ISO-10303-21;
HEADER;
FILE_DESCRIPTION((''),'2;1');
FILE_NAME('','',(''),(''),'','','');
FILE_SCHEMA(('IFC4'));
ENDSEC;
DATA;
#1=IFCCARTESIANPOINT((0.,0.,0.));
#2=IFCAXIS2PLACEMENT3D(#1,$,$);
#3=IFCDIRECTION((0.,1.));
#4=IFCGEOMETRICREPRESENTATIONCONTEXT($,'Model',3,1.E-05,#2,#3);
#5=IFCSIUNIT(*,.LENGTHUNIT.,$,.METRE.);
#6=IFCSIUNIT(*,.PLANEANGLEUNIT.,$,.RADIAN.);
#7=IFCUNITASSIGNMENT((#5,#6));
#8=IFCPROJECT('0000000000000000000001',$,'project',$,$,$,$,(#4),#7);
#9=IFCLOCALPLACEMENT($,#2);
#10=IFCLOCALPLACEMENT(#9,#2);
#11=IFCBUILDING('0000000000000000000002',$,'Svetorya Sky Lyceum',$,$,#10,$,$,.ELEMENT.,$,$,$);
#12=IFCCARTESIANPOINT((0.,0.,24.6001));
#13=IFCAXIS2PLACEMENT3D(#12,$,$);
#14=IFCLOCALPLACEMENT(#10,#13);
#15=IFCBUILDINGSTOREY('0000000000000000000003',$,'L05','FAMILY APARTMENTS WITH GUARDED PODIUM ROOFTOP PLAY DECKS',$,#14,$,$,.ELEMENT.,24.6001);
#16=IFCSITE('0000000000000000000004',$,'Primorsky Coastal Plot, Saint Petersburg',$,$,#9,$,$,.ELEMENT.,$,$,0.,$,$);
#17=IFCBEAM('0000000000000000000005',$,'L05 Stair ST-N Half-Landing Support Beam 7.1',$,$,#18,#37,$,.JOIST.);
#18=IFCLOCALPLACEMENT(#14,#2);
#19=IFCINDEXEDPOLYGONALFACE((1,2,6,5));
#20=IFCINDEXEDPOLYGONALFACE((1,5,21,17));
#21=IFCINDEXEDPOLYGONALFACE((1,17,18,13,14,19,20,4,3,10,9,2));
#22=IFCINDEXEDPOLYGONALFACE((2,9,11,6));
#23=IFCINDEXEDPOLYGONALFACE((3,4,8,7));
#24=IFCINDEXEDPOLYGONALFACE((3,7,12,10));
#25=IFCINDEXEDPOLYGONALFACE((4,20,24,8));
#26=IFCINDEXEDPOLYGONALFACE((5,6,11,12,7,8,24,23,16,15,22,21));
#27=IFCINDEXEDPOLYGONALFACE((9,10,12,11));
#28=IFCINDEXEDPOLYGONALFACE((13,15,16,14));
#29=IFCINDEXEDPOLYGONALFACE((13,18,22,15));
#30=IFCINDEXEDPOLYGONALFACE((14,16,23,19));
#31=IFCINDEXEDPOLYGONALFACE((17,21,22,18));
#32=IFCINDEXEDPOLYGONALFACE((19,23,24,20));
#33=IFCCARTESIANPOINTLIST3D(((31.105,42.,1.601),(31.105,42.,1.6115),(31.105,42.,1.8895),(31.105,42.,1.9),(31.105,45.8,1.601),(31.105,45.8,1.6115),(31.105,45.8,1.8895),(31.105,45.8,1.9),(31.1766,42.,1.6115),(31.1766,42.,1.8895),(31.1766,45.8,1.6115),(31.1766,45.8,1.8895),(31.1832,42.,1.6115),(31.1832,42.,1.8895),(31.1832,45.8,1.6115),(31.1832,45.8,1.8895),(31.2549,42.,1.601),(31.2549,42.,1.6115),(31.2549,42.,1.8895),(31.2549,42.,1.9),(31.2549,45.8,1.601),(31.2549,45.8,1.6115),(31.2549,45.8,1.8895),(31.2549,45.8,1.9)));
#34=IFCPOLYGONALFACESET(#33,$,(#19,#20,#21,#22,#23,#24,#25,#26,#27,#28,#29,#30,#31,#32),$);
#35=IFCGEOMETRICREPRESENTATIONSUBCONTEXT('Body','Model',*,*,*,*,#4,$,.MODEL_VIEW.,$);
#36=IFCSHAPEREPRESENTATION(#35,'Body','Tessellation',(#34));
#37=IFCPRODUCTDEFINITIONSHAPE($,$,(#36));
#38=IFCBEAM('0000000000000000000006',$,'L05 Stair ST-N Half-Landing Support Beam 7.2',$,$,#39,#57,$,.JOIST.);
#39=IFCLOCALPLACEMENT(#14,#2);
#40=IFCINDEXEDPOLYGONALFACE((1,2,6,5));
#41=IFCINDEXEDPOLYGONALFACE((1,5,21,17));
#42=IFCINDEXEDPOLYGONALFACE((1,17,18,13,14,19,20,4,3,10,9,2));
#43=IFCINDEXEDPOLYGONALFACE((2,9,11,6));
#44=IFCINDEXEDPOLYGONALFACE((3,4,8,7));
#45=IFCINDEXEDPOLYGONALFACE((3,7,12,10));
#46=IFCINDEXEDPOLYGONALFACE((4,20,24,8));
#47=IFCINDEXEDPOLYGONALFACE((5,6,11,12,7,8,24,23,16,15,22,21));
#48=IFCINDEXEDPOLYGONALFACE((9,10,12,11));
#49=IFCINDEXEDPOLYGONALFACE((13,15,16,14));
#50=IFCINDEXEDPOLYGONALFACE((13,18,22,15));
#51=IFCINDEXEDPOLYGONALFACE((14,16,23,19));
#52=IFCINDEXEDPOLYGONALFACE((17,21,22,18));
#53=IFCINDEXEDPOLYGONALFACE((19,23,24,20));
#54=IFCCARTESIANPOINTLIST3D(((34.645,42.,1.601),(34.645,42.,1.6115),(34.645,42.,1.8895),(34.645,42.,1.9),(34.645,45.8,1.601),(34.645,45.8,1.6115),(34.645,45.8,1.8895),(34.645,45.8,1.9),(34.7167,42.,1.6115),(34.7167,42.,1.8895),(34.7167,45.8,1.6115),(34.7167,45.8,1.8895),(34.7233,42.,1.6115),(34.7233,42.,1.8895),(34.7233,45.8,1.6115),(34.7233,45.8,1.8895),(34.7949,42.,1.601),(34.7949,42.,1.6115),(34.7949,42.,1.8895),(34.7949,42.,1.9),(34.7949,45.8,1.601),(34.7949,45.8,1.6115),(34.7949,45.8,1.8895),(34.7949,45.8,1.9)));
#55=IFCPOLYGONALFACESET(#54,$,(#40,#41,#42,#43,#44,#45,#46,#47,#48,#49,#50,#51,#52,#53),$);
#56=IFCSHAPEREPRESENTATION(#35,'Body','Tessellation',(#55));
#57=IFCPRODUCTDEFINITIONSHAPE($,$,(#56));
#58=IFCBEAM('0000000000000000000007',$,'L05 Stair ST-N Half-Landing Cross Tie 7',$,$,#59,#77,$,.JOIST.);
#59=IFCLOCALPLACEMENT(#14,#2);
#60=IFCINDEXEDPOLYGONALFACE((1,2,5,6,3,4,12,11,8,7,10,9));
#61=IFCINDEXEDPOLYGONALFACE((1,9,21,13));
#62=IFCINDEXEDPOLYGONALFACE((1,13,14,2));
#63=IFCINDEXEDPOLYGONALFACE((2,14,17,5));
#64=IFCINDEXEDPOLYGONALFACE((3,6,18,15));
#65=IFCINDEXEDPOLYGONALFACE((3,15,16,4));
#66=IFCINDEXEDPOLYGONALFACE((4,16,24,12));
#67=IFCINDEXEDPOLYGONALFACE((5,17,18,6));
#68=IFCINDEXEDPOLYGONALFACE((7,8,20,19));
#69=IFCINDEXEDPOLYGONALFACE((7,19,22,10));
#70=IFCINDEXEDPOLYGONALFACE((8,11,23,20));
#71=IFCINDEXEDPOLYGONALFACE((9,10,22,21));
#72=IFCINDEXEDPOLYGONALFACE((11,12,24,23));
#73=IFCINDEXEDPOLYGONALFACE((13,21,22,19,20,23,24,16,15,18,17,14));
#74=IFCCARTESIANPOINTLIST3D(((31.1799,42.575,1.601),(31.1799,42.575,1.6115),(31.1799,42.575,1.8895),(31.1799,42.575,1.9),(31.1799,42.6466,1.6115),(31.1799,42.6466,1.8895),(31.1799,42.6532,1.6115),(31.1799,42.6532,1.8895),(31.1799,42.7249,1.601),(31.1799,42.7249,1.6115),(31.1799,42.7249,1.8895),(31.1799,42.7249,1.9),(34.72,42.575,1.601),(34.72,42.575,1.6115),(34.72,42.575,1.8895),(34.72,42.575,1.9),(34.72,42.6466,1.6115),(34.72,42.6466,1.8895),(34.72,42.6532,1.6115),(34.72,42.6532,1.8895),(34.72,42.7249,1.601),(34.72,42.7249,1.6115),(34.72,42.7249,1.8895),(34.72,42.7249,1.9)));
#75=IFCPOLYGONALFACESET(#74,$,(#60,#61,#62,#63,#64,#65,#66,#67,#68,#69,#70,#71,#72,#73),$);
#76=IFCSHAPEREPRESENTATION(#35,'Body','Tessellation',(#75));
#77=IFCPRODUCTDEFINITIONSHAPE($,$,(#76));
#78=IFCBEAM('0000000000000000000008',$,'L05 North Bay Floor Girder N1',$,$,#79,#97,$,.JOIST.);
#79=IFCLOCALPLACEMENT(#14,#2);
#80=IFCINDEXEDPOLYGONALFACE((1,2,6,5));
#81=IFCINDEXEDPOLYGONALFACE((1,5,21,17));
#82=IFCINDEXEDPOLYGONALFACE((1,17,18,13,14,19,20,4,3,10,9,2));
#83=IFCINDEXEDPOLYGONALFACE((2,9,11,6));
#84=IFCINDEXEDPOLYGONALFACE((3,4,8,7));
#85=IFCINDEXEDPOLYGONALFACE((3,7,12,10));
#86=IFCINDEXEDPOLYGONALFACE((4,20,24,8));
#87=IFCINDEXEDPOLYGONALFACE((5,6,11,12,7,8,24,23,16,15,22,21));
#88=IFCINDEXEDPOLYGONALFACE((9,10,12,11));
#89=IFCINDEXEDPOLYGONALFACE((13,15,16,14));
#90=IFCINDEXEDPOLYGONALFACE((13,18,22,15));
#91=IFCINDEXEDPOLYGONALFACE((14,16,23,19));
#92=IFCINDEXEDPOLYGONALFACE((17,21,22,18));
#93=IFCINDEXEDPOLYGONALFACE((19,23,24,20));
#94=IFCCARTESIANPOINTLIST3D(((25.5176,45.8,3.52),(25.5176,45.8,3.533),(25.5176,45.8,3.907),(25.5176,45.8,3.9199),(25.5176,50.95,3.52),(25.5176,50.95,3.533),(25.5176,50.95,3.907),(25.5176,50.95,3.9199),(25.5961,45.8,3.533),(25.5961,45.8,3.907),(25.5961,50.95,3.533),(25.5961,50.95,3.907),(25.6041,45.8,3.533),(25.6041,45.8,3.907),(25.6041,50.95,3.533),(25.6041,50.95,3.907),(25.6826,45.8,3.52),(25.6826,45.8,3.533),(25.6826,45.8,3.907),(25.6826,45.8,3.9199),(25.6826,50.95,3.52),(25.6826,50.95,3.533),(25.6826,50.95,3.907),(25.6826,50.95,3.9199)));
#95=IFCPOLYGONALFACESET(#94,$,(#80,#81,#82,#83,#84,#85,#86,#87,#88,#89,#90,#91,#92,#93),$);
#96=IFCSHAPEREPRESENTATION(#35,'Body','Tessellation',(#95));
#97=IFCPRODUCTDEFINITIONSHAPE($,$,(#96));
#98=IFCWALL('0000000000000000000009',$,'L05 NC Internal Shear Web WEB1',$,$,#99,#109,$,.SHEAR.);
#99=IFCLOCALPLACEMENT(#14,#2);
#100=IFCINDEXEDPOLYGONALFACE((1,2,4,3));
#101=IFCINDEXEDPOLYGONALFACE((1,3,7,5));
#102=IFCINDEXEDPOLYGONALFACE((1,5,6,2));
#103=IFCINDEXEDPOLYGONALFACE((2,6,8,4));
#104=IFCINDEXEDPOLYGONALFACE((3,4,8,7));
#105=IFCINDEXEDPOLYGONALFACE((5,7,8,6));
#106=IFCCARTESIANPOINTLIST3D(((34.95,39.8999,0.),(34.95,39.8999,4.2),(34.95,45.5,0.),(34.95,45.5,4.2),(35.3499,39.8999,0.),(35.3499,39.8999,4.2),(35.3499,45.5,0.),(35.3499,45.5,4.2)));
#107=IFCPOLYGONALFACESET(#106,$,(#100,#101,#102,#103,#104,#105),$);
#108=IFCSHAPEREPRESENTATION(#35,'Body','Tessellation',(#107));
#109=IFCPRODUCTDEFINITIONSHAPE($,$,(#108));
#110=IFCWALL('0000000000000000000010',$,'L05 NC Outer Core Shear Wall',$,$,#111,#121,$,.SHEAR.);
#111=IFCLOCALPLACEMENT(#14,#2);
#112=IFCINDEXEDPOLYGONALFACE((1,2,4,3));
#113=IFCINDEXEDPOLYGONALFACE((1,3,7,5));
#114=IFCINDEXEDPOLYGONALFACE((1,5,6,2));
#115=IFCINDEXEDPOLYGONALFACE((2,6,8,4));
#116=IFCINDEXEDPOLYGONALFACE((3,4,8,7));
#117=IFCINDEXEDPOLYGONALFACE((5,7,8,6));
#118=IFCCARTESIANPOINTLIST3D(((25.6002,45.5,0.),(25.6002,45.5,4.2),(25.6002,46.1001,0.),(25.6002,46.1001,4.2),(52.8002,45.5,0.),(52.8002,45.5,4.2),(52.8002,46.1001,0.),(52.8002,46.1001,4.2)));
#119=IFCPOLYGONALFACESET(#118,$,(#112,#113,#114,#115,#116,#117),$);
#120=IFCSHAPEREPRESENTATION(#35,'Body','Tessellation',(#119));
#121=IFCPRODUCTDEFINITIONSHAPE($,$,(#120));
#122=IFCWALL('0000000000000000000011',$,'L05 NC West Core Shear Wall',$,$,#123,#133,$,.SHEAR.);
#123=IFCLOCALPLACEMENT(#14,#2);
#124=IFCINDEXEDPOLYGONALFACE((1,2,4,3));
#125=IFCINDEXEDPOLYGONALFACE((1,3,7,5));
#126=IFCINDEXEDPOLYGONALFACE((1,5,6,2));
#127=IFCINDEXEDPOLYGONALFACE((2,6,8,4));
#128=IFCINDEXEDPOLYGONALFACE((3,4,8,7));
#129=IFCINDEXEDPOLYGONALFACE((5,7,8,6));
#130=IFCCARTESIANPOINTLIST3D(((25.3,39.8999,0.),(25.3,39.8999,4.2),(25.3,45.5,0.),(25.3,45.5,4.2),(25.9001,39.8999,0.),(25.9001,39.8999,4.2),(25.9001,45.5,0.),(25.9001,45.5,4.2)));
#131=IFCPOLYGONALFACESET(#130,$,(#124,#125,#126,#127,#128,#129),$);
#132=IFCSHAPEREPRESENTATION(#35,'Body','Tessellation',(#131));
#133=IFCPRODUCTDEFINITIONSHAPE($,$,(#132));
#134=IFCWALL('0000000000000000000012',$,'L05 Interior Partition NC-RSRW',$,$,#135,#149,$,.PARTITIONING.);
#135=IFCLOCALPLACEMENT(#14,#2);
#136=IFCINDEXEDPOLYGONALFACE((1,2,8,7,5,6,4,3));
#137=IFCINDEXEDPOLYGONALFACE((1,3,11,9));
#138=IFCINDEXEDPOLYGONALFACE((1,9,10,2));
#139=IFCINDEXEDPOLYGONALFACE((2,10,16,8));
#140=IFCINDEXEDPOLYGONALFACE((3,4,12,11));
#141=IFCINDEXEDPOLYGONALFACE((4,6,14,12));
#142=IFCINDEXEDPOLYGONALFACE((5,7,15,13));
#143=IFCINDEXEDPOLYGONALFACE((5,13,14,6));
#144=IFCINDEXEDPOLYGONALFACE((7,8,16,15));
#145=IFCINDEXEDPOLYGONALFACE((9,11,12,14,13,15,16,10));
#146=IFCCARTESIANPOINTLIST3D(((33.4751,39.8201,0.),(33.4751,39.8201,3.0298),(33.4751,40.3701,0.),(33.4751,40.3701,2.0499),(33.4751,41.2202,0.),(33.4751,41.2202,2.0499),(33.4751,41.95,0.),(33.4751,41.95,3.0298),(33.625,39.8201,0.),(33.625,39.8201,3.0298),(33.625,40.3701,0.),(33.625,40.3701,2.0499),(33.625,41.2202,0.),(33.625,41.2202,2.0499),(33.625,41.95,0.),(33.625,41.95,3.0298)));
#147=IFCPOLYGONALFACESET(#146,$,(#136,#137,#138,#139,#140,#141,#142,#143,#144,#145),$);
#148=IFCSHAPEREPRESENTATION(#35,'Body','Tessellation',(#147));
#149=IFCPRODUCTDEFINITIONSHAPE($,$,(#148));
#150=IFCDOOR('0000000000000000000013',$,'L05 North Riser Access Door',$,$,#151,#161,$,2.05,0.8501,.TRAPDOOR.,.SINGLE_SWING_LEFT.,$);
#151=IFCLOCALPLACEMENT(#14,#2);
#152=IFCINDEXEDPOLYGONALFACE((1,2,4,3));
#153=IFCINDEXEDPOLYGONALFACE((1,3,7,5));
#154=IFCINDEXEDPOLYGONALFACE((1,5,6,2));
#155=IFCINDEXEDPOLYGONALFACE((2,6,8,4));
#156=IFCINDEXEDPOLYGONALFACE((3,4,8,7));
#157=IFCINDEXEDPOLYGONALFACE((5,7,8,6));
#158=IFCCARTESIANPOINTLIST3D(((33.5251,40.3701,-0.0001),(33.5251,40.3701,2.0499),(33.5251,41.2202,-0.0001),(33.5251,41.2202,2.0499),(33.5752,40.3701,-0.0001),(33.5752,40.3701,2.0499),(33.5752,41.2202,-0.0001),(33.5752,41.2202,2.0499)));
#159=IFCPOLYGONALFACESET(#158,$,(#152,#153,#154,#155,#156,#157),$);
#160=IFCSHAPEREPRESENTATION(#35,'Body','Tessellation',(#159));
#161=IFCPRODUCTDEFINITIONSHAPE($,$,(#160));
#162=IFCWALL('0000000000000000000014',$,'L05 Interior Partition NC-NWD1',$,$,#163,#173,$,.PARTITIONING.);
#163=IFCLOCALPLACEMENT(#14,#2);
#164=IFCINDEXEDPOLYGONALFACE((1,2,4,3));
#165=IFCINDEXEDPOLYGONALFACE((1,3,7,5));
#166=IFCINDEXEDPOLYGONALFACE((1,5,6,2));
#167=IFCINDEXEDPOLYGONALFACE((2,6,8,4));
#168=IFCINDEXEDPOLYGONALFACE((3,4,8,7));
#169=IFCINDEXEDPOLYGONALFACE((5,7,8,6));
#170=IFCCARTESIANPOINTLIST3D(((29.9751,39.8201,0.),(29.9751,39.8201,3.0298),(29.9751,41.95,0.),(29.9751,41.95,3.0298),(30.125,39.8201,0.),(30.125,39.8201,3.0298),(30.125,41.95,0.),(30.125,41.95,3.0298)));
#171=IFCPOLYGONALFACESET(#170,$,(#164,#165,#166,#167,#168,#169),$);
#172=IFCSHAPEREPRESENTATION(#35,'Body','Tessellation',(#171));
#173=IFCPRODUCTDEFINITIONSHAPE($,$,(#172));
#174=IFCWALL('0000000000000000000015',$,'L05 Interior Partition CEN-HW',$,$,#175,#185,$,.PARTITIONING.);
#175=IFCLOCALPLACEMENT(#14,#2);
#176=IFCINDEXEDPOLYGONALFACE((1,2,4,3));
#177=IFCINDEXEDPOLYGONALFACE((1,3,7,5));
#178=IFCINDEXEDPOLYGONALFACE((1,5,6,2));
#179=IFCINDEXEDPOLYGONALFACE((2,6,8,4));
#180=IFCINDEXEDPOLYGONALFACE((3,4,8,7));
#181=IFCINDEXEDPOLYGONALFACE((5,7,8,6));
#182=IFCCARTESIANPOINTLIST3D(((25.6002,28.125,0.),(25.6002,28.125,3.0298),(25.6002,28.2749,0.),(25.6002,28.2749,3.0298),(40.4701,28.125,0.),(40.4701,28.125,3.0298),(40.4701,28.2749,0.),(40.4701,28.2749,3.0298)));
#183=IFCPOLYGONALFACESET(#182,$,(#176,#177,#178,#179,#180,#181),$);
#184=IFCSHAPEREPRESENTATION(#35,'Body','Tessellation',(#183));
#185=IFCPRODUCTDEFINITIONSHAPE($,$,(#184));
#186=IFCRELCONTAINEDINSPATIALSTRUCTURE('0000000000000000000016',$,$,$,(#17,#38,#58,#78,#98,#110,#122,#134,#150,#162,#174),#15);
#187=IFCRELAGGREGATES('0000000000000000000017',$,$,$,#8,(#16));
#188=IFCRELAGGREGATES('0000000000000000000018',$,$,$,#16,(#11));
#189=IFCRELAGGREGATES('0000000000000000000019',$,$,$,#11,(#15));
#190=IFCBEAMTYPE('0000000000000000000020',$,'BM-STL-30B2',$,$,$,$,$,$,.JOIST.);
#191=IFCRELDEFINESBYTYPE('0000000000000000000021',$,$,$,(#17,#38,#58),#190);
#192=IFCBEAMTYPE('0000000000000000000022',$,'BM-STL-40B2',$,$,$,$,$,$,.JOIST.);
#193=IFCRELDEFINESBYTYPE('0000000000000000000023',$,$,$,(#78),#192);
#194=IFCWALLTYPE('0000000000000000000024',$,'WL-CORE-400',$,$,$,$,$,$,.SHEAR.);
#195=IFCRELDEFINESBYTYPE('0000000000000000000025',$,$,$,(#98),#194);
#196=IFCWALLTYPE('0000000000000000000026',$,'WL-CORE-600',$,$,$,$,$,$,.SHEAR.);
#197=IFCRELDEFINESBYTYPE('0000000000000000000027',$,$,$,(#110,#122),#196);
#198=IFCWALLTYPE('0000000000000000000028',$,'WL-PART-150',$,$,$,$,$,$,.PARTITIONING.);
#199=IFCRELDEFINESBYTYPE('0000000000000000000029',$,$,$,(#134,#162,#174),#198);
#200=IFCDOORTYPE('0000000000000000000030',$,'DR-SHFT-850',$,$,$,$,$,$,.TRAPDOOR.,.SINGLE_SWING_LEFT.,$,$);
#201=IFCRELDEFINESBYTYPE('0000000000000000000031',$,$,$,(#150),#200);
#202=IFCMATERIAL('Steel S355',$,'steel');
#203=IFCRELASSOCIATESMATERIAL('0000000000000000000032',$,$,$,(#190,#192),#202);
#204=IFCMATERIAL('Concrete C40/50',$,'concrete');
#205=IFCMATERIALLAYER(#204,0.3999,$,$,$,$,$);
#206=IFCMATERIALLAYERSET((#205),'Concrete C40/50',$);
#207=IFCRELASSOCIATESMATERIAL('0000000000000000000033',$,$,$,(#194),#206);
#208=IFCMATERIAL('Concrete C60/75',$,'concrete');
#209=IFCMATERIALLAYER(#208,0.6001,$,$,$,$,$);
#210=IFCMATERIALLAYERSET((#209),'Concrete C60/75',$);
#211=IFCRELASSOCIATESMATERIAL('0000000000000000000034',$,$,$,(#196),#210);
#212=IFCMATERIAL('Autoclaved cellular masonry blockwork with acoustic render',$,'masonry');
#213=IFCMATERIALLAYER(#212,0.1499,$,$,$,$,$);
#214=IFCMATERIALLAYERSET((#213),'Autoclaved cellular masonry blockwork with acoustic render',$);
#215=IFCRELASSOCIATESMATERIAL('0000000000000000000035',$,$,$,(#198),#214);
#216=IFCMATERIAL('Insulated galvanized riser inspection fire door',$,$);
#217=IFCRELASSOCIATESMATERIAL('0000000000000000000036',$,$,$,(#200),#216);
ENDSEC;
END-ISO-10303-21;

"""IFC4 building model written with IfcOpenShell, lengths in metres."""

from ifc_helpers import new_model, si_unit, direction, frame, frame_2d, origin, origin_2d, place, context, subcontext, project, spatial, rectangle, i_section, extrude, material, layer, layer_set, material_profile, profile_set, type_object, element, fill, save


model = new_model("IFC4")

# Units and contexts
model_context = context("Model", 3, precision=1e-05, world=origin(), true_north=direction((0.0, 1.0)))
body_context = subcontext(model_context, "Body", "Model", "MODEL_VIEW")
ifc_project = project(units=[si_unit("LENGTHUNIT", "METRE"), si_unit("PLANEANGLEUNIT", "RADIAN")], contexts=[model_context])

# Site, building, storey
site_placement = place(None, origin())
site = spatial("IfcSite", under=ifc_project, at=site_placement, Name="Primorsky Coastal Plot, Saint Petersburg", CompositionType="ELEMENT", RefElevation=0.0)
building_placement = place(site_placement, origin())
building = spatial("IfcBuilding", under=site, at=building_placement, Name="Svetorya Sky Lyceum", CompositionType="ELEMENT")
storey_placement = place(building_placement, frame((0.0, 0.0, 24.6001)))
storey = spatial("IfcBuildingStorey", under=building, at=storey_placement, Name="L05", Description="FAMILY APARTMENTS WITH GUARDED PODIUM ROOFTOP PLAY DECKS", CompositionType="ELEMENT", Elevation=24.6001)

# Shared definitions
ifc_material_1 = material(Name="Concrete C60/75", Category="concrete")

# Beams
ifc_material_2 = material(Name="Steel S355", Category="steel")
ifc_material_profile_1 = material_profile(ifc_material_2, i_section(OverallWidth=0.1499, OverallDepth=0.2991, WebThickness=0.0066, FlangeThickness=0.0105, at=origin_2d()), Name="GOST 30B2")
ifc_profile_set_1 = profile_set([ifc_material_profile_1], Name="Steel S355")
beam_type_1 = type_object("IfcBeamType", Name="BM-STL-30B2", PredefinedType="JOIST", material=ifc_profile_set_1)
for number, where, z_axis, x_axis, name in (
    (1, (31.1799, 42.0, 1.7505), (0.0, 1.0, 0.0), (-1.0, 0.0, 0.0), "L05 Stair ST-N Half-Landing Support Beam 7.1"),
    (2, (34.72, 42.0, 1.7505), (0.0, 1.0, 0.0), (-1.0, 0.0, 0.0), "L05 Stair ST-N Half-Landing Support Beam 7.2"),
):
    element("IfcBeam", number, at=place(storey_placement, frame(where, z_axis=z_axis, x_axis=x_axis)), inside=storey, type_object=beam_type_1, Name=name, PredefinedType="JOIST", context=body_context, shape_type="SweptSolid", body=[
        extrude(i_section(OverallWidth=0.1499, OverallDepth=0.2991, WebThickness=0.0066, FlangeThickness=0.0105, at=origin_2d()), origin(), (0.0, 0.0, 1.0), 3.8),
    ])
beam_1_placement = place(storey_placement, frame((31.1799, 42.6499, 1.7505), z_axis=(1.0, 0.0, 0.0), x_axis=(0.0, 1.0, 0.0)))
element("IfcBeam", 3, at=beam_1_placement, inside=storey, type_object=beam_type_1, Name="L05 Stair ST-N Half-Landing Cross Tie 7", PredefinedType="JOIST", context=body_context, shape_type="SweptSolid", body=[
    extrude(i_section(OverallWidth=0.1499, OverallDepth=0.2991, WebThickness=0.0066, FlangeThickness=0.0105, at=origin_2d()), origin(), (0.0, 0.0, 1.0), 3.54),
])
ifc_material_profile_2 = material_profile(ifc_material_2, i_section(OverallWidth=0.165, OverallDepth=0.3999, WebThickness=0.0081, FlangeThickness=0.0129, at=origin_2d()), Name="GOST 40B2")
ifc_profile_set_2 = profile_set([ifc_material_profile_2], Name="Steel S355")
beam_type_2 = type_object("IfcBeamType", Name="BM-STL-40B2", PredefinedType="JOIST", material=ifc_profile_set_2)
beam_2_placement = place(storey_placement, frame((25.6001, 45.8, 3.72), z_axis=(0.0, 1.0, 0.0), x_axis=(-1.0, 0.0, 0.0)))
element("IfcBeam", 4, at=beam_2_placement, inside=storey, type_object=beam_type_2, Name="L05 North Bay Floor Girder N1", PredefinedType="JOIST", context=body_context, shape_type="SweptSolid", body=[
    extrude(i_section(OverallWidth=0.165, OverallDepth=0.3999, WebThickness=0.0081, FlangeThickness=0.0129, at=origin_2d()), origin(), (0.0, 0.0, 1.0), 5.1499),
])

# Walls
ifc_material_3 = material(Name="Concrete C40/50", Category="concrete")
ifc_layer_1 = layer(ifc_material_3, 0.3999)
ifc_layer_set_1 = layer_set([ifc_layer_1], Name="Concrete C40/50")
wall_type_1 = type_object("IfcWallType", Name="WL-CORE-400", PredefinedType="SHEAR", material=ifc_layer_set_1)
wall_1_placement = place(storey_placement, frame((35.1499, 39.8999, 0.0), z_axis=(0.0, 0.0, 1.0), x_axis=(0.0, 1.0, 0.0)))
element("IfcWall", 5, at=wall_1_placement, inside=storey, type_object=wall_type_1, Name="L05 NC Internal Shear Web WEB1", PredefinedType="SHEAR", context=body_context, shape_type="SweptSolid", body=[
    extrude(rectangle(XDim=5.6001, YDim=0.3999, at=frame_2d((2.8, 0.0))), origin(), (0.0, 0.0, 1.0), 4.2),
])
ifc_layer_2 = layer(ifc_material_1, 0.6001)
ifc_layer_set_2 = layer_set([ifc_layer_2], Name="Concrete C60/75")
wall_type_2 = type_object("IfcWallType", Name="WL-CORE-600", PredefinedType="SHEAR", material=ifc_layer_set_2)
wall_2_placement = place(storey_placement, frame((25.6001, 45.8, 0.0), z_axis=(0.0, 0.0, 1.0), x_axis=(1.0, 0.0, 0.0)))
element("IfcWall", 6, at=wall_2_placement, inside=storey, type_object=wall_type_2, Name="L05 NC Outer Core Shear Wall", PredefinedType="SHEAR", context=body_context, shape_type="SweptSolid", body=[
    extrude(rectangle(XDim=27.2, YDim=0.6001, at=frame_2d((13.6001, 0.0))), origin(), (0.0, 0.0, 1.0), 4.2),
])
wall_3_placement = place(storey_placement, frame((25.6001, 39.8999, 0.0), z_axis=(0.0, 0.0, 1.0), x_axis=(0.0, 1.0, 0.0)))
element("IfcWall", 7, at=wall_3_placement, inside=storey, type_object=wall_type_2, Name="L05 NC West Core Shear Wall", PredefinedType="SHEAR", context=body_context, shape_type="SweptSolid", body=[
    extrude(rectangle(XDim=5.6001, YDim=0.6001, at=frame_2d((2.8, 0.0))), origin(), (0.0, 0.0, 1.0), 4.2),
])

# Wall, opening, door
ifc_material_4 = material(Name="Autoclaved cellular masonry blockwork with acoustic render", Category="masonry")
ifc_layer_3 = layer(ifc_material_4, 0.1499)
ifc_layer_set_3 = layer_set([ifc_layer_3], Name="Autoclaved cellular masonry blockwork with acoustic render")
wall_type_3 = type_object("IfcWallType", Name="WL-PART-150", PredefinedType="PARTITIONING", material=ifc_layer_set_3)
wall_4_placement = place(storey_placement, frame((33.55, 39.8201, 0.0), z_axis=(0.0, 0.0, 1.0), x_axis=(0.0, 1.0, 0.0)))
wall_4 = element("IfcWall", 8, at=wall_4_placement, inside=storey, type_object=wall_type_3, Name="L05 Interior Partition NC-RSRW", PredefinedType="PARTITIONING", context=body_context, shape_type="SweptSolid", body=[
    extrude(rectangle(XDim=2.1299, YDim=0.1499, at=frame_2d((1.0649, 0.0))), origin(), (0.0, 0.0, 1.0), 3.0298),
])
opening_1_placement = place(wall_4_placement, frame((0.55, 0.0, 0.0)))
opening_1 = element("IfcOpeningElement", 9, at=opening_1_placement, cuts=wall_4, PredefinedType="OPENING", context=body_context, shape_type="SweptSolid", body=[
    extrude(rectangle(XDim=0.8501, YDim=2.05, at=frame_2d((0.425, 1.0249))), frame((0.0, 0.085, 0.0), z_axis=(0.0, -1.0, 0.0), x_axis=(1.0, 0.0, 0.0)), (0.0, 0.0, 1.0), 0.1699),
])
ifc_material_5 = material(Name="Insulated galvanized riser inspection fire door")
door_type_1 = type_object("IfcDoorType", Name="DR-SHFT-850", OperationType="SINGLE_SWING_LEFT", PredefinedType="TRAPDOOR", material=ifc_material_5)
door_1_placement = place(opening_1_placement, origin())
door_1 = element("IfcDoor", 10, at=door_1_placement, inside=storey, type_object=door_type_1, Name="L05 North Riser Access Door", OperationType="SINGLE_SWING_LEFT", OverallHeight=2.05, OverallWidth=0.8501, PredefinedType="TRAPDOOR", context=body_context, shape_type="SweptSolid", body=[
    extrude(rectangle(XDim=0.8501, YDim=2.05, at=frame_2d((0.425, 1.0249))), frame((0.0, 0.0249, 0.0), z_axis=(0.0, -1.0, 0.0), x_axis=(1.0, 0.0, 0.0)), (0.0, 0.0, 1.0), 0.05),
])
fill(opening_1, door_1)

# Walls
wall_5_placement = place(storey_placement, frame((30.05, 39.8201, 0.0), z_axis=(0.0, 0.0, 1.0), x_axis=(0.0, 1.0, 0.0)))
element("IfcWall", 11, at=wall_5_placement, inside=storey, type_object=wall_type_3, Name="L05 Interior Partition NC-NWD1", PredefinedType="PARTITIONING", context=body_context, shape_type="SweptSolid", body=[
    extrude(rectangle(XDim=2.1299, YDim=0.1499, at=frame_2d((1.0649, 0.0))), origin(), (0.0, 0.0, 1.0), 3.0298),
])
wall_6_placement = place(storey_placement, frame((25.6001, 28.2, 0.0), z_axis=(0.0, 0.0, 1.0), x_axis=(1.0, 0.0, 0.0)))
element("IfcWall", 12, at=wall_6_placement, inside=storey, type_object=wall_type_3, Name="L05 Interior Partition CEN-HW", PredefinedType="PARTITIONING", context=body_context, shape_type="SweptSolid", body=[
    extrude(rectangle(XDim=14.8699, YDim=0.1499, at=frame_2d((7.4351, 0.0))), origin(), (0.0, 0.0, 1.0), 3.0298),
])

save(model, "model.ifc")
